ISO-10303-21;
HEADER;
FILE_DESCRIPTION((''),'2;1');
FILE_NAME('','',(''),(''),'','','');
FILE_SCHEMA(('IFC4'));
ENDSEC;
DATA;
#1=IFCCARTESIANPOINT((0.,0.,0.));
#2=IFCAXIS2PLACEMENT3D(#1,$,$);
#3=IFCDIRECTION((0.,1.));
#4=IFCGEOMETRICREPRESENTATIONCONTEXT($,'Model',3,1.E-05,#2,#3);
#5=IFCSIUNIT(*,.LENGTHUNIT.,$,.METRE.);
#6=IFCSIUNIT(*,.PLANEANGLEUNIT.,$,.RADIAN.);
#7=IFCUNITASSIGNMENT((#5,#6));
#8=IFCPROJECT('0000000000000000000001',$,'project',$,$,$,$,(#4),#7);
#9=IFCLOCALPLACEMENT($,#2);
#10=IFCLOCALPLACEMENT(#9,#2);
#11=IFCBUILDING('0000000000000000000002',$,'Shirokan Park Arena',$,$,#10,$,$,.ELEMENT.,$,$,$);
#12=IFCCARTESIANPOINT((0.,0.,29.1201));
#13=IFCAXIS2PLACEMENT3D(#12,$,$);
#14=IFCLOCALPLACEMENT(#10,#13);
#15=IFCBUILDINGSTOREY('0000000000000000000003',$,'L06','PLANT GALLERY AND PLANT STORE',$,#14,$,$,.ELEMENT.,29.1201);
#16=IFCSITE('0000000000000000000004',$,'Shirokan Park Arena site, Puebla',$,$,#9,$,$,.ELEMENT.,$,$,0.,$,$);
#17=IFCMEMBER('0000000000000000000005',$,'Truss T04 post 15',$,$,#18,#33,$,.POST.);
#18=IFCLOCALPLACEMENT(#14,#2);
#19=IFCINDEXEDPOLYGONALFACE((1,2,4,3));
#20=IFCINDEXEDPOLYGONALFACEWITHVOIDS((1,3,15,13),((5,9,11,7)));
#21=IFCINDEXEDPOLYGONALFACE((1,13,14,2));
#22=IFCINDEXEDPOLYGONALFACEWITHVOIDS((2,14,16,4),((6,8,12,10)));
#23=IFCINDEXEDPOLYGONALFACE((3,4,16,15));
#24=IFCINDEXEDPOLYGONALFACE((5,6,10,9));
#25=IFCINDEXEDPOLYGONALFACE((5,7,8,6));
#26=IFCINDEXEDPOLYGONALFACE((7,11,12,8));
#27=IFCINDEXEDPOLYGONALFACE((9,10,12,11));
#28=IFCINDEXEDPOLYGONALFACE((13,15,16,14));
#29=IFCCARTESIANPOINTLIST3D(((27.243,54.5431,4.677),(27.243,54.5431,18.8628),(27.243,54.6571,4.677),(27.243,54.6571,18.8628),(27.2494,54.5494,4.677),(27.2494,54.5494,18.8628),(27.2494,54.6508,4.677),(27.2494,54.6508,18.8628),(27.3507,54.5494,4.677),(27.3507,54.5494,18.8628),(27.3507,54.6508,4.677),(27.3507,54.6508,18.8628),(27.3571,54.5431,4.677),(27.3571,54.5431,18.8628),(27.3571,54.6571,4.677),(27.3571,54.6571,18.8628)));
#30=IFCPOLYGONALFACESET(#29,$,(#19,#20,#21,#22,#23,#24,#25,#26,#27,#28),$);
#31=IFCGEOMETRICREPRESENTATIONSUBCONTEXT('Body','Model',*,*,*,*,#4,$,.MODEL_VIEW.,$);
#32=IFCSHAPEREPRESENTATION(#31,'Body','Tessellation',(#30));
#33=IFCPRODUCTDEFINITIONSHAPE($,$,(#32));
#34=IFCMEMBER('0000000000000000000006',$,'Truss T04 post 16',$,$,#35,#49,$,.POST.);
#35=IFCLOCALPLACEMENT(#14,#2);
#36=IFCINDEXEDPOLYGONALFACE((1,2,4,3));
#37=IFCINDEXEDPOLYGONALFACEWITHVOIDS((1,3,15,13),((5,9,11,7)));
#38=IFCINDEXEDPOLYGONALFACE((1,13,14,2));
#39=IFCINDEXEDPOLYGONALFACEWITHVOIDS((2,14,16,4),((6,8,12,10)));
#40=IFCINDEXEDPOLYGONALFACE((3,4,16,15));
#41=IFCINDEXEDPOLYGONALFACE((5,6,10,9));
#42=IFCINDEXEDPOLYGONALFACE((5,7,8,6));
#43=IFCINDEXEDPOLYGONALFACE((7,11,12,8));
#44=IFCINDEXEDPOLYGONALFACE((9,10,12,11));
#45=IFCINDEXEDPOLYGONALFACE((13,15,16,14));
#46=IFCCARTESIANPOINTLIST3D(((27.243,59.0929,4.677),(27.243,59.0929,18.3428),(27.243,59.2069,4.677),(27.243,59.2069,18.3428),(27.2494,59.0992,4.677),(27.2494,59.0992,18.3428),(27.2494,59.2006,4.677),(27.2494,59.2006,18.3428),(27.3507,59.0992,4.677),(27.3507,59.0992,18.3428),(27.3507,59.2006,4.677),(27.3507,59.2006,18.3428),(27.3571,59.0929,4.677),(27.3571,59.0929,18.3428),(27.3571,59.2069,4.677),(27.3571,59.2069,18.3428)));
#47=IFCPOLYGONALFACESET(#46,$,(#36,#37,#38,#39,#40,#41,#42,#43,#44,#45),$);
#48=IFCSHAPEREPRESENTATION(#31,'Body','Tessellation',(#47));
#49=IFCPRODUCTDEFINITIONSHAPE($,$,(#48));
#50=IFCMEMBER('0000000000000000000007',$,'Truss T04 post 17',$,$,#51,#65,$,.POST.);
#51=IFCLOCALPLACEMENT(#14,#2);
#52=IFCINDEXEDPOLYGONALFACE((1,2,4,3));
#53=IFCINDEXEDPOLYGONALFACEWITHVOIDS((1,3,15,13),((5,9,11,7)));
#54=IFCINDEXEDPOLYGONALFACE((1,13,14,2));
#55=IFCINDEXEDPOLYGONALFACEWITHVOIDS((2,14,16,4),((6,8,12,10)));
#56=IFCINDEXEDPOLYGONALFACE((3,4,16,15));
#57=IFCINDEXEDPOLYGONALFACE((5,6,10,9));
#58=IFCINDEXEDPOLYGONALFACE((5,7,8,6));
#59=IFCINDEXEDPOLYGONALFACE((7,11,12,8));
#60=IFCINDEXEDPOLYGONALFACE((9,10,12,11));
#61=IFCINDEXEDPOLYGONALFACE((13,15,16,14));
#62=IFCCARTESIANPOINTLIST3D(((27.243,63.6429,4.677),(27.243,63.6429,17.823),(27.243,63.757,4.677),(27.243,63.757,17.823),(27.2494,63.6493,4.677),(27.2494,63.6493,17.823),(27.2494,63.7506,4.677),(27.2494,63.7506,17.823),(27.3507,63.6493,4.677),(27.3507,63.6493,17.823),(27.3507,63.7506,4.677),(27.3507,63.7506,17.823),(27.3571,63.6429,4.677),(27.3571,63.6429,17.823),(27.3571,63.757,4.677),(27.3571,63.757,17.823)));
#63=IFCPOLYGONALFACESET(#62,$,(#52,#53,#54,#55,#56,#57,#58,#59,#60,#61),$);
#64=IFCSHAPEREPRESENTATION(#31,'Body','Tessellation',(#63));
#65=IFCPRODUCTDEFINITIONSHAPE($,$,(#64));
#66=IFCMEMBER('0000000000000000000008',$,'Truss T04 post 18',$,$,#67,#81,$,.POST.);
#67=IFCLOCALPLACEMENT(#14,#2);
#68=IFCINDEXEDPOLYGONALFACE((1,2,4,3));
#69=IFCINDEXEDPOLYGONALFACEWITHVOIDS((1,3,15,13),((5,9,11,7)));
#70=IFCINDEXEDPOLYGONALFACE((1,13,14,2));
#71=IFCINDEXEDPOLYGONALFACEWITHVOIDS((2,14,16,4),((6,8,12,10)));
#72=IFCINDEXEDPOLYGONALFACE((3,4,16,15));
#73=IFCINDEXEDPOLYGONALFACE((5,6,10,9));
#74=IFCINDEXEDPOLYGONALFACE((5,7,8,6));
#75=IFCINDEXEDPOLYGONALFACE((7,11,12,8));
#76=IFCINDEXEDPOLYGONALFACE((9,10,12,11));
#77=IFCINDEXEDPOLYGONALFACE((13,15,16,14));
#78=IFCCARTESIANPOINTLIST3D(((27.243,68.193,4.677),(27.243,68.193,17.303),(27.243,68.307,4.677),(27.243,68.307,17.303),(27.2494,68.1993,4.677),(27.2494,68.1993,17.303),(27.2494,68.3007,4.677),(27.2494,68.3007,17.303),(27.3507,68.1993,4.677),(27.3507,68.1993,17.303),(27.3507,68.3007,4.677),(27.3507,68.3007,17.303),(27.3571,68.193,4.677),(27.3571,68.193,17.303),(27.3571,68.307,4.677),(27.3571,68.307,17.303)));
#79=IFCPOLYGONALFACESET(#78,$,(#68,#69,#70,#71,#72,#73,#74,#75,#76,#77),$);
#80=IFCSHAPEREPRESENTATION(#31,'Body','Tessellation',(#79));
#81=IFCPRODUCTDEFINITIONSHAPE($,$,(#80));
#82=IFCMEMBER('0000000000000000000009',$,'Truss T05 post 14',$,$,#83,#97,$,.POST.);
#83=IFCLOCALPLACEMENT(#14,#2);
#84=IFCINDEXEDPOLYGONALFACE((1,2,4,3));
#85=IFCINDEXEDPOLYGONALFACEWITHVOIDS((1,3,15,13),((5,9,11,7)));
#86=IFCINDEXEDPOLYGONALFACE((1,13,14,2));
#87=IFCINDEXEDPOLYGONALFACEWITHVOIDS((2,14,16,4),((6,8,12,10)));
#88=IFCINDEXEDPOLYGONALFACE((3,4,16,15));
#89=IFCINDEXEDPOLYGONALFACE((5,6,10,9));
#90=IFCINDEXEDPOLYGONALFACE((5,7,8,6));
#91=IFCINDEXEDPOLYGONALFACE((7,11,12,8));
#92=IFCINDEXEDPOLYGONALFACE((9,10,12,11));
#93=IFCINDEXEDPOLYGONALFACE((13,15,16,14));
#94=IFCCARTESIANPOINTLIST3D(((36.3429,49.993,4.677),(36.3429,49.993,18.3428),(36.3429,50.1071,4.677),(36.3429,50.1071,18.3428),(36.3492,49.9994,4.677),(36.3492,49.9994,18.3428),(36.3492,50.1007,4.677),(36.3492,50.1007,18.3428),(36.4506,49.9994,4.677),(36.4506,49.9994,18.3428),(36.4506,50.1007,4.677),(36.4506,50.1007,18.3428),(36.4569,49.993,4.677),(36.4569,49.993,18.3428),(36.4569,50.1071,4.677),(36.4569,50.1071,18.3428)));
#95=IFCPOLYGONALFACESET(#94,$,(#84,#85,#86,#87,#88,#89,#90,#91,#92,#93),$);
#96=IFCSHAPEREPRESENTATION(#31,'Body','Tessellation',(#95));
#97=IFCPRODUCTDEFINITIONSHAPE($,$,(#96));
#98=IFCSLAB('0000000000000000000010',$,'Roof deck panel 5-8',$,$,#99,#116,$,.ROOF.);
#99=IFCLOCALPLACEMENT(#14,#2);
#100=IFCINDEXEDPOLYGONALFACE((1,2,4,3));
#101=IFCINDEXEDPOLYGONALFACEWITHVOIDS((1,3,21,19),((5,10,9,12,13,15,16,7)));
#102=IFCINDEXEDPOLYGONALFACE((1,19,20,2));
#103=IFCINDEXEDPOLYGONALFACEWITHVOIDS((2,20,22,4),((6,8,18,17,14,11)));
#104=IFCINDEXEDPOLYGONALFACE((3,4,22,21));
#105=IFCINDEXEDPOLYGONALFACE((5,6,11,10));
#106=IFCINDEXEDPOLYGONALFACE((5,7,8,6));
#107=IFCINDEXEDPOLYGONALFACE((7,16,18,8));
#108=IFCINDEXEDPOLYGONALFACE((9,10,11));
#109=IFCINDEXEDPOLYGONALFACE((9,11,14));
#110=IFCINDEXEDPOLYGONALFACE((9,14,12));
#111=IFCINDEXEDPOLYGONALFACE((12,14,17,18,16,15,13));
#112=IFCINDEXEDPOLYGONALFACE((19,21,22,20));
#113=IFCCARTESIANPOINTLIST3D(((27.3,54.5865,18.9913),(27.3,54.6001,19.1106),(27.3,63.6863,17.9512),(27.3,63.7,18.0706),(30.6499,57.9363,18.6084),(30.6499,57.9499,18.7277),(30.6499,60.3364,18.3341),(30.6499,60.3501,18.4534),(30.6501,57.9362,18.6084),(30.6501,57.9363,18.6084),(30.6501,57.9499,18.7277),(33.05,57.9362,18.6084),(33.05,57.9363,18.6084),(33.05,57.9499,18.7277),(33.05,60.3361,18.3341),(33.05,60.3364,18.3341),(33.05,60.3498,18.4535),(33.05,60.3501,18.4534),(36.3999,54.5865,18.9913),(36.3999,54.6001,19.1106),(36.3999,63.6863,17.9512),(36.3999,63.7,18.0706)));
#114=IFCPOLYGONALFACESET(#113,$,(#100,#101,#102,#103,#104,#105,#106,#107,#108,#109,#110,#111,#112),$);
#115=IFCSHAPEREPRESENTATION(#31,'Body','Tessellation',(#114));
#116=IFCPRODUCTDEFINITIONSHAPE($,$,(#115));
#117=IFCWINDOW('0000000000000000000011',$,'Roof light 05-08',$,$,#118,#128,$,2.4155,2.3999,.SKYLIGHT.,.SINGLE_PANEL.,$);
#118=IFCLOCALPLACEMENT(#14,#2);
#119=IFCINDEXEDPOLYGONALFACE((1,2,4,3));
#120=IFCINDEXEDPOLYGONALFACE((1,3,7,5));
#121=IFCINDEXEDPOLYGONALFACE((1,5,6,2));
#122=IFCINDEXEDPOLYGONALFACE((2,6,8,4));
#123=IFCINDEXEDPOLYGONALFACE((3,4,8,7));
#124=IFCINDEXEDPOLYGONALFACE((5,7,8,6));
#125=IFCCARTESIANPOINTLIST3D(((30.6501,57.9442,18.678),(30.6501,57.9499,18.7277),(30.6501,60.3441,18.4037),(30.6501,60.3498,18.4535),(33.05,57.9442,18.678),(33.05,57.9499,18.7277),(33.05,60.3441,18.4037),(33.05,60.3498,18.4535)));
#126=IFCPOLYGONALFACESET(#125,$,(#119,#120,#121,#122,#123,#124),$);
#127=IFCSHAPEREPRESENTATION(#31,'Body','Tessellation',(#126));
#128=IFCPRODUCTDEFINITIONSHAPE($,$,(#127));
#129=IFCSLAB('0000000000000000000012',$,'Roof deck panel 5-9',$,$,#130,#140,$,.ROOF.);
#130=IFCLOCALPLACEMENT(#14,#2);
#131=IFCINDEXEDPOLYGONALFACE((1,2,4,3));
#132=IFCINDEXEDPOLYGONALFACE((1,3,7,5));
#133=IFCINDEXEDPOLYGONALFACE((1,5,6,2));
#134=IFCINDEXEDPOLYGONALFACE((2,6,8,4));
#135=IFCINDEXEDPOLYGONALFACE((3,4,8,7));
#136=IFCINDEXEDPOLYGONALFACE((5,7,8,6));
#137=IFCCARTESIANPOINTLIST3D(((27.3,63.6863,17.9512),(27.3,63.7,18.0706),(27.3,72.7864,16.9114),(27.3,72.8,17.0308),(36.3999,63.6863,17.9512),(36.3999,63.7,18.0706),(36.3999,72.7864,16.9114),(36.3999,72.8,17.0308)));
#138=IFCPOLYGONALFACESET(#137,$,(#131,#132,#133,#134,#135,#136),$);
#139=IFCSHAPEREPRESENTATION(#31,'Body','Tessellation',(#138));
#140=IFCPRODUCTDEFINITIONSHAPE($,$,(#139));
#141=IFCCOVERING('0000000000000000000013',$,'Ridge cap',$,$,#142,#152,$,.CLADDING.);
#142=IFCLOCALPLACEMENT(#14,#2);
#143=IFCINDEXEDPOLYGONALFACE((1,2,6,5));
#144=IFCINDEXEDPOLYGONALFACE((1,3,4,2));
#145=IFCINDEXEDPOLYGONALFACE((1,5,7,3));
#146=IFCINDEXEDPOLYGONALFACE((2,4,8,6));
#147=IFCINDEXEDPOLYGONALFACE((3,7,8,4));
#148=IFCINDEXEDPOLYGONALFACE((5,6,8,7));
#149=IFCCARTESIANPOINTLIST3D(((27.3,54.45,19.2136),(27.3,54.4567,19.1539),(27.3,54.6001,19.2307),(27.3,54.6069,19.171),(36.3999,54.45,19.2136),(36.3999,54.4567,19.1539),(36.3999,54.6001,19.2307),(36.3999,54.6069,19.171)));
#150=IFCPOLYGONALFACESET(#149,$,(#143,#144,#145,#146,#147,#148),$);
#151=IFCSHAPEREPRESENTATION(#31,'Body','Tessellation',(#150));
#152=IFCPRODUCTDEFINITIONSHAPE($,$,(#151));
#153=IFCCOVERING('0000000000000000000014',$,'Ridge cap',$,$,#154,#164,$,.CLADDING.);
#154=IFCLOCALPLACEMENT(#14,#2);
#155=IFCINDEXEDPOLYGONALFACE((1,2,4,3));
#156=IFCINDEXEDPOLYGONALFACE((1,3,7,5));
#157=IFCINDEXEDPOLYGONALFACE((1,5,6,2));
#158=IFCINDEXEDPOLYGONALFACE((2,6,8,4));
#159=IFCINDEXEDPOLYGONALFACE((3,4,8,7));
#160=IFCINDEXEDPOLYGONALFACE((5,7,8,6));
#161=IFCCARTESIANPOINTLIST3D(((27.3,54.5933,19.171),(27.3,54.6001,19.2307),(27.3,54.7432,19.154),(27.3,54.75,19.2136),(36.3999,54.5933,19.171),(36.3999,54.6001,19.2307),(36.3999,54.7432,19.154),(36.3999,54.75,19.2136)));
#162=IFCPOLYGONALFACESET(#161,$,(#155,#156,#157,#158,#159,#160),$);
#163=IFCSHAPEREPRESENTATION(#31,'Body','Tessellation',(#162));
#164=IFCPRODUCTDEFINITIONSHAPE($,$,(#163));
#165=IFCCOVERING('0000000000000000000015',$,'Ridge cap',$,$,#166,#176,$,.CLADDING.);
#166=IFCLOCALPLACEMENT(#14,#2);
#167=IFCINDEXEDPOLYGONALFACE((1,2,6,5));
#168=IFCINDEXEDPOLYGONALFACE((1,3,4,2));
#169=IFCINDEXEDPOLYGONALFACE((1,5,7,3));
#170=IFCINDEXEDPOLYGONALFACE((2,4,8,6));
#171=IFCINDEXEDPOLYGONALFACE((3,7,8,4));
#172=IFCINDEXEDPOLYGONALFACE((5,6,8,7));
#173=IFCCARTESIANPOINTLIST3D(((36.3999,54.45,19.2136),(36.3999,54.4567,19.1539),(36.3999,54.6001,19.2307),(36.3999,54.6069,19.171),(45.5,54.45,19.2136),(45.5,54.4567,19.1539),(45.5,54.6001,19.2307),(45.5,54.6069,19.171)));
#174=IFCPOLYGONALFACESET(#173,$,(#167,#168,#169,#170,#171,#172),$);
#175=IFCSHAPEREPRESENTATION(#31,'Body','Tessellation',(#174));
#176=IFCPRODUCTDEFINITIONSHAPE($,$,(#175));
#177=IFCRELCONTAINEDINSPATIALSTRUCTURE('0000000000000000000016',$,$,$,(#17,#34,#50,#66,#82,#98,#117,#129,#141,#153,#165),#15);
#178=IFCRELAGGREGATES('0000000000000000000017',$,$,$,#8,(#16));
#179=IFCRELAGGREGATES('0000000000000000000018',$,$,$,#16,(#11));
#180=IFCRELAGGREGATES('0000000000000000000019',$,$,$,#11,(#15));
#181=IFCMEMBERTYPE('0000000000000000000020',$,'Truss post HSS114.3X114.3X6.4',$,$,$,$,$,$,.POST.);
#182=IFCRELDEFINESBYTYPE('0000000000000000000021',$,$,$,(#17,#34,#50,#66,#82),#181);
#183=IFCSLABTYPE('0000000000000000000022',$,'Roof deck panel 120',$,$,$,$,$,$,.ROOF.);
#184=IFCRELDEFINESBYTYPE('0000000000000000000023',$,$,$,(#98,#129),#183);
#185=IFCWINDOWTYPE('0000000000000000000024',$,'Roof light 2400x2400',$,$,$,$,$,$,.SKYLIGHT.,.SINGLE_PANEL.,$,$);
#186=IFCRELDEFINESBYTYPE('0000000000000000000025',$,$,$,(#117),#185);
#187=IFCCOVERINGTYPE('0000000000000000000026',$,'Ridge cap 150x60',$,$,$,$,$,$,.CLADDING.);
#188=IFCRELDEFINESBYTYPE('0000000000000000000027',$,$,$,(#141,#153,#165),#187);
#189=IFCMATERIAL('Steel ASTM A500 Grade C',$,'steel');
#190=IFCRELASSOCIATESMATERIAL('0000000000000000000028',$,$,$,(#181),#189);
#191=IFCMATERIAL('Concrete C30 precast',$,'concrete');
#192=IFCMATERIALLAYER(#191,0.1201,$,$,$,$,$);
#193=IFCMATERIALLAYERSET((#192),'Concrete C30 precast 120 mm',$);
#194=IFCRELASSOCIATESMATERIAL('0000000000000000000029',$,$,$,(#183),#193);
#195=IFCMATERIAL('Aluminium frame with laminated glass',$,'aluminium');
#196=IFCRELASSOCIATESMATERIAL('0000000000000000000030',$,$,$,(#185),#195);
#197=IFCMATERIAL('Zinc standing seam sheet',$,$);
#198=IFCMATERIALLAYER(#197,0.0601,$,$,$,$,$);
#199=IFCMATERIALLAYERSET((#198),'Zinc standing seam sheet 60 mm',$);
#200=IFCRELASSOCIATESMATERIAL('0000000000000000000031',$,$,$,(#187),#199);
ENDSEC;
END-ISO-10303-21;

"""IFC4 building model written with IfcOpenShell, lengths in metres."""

from ifc_helpers import new_model, si_unit, direction, frame, origin, origin_2d, place, context, subcontext, project, spatial, polyline, rectangle, hollow_rectangle, outline, extrude, material, layer, layer_set, material_profile, profile_set, type_object, element, fill, save


model = new_model("IFC4")

# Units and contexts
model_context = context("Model", 3, precision=1e-05, world=origin(), true_north=direction((0.0, 1.0)))
body_context = subcontext(model_context, "Body", "Model", "MODEL_VIEW")
ifc_project = project(units=[si_unit("LENGTHUNIT", "METRE"), si_unit("PLANEANGLEUNIT", "RADIAN")], contexts=[model_context])

# Site, building, storey
site_placement = place(None, origin())
site = spatial("IfcSite", under=ifc_project, at=site_placement, Name="Shirokan Park Arena site, Puebla", CompositionType="ELEMENT", RefElevation=0.0)
building_placement = place(site_placement, origin())
building = spatial("IfcBuilding", under=site, at=building_placement, Name="Shirokan Park Arena", CompositionType="ELEMENT")
storey_placement = place(building_placement, frame((0.0, 0.0, 29.1201)))
storey = spatial("IfcBuildingStorey", under=building, at=storey_placement, Name="L06", Description="PLANT GALLERY AND PLANT STORE", CompositionType="ELEMENT", Elevation=29.1201)

# Members
ifc_material_1 = material(Name="Steel ASTM A500 Grade C", Category="steel")
ifc_material_profile_1 = material_profile(ifc_material_1, hollow_rectangle(XDim=0.114, YDim=0.114, WallThickness=0.0063, at=origin_2d()), Name="HSS114.3X114.3X6.4")
ifc_profile_set_1 = profile_set([ifc_material_profile_1], Name="Steel ASTM A500 Grade C")
member_type_1 = type_object("IfcMemberType", Name="Truss post HSS114.3X114.3X6.4", PredefinedType="POST", material=ifc_profile_set_1)
member_1_placement = place(storey_placement, frame((27.3, 54.6001, 4.677), z_axis=(0.0, 0.0, 1.0), x_axis=(1.0, 0.0, 0.0)))
element("IfcMember", 1, at=member_1_placement, inside=storey, type_object=member_type_1, Name="Truss T04 post 15", PredefinedType="POST", context=body_context, shape_type="SweptSolid", body=[
    extrude(hollow_rectangle(XDim=0.114, YDim=0.114, WallThickness=0.0063, at=origin_2d()), origin(), (0.0, 0.0, 1.0), 14.1858),
])
member_2_placement = place(storey_placement, frame((27.3, 59.1499, 4.677), z_axis=(0.0, 0.0, 1.0), x_axis=(1.0, 0.0, 0.0)))
element("IfcMember", 2, at=member_2_placement, inside=storey, type_object=member_type_1, Name="Truss T04 post 16", PredefinedType="POST", context=body_context, shape_type="SweptSolid", body=[
    extrude(hollow_rectangle(XDim=0.114, YDim=0.114, WallThickness=0.0063, at=origin_2d()), origin(), (0.0, 0.0, 1.0), 13.6658),
])
member_3_placement = place(storey_placement, frame((27.3, 63.7, 4.677), z_axis=(0.0, 0.0, 1.0), x_axis=(1.0, 0.0, 0.0)))
element("IfcMember", 3, at=member_3_placement, inside=storey, type_object=member_type_1, Name="Truss T04 post 17", PredefinedType="POST", context=body_context, shape_type="SweptSolid", body=[
    extrude(hollow_rectangle(XDim=0.114, YDim=0.114, WallThickness=0.0063, at=origin_2d()), origin(), (0.0, 0.0, 1.0), 13.146),
])
member_4_placement = place(storey_placement, frame((27.3, 68.25, 4.677), z_axis=(0.0, 0.0, 1.0), x_axis=(1.0, 0.0, 0.0)))
element("IfcMember", 4, at=member_4_placement, inside=storey, type_object=member_type_1, Name="Truss T04 post 18", PredefinedType="POST", context=body_context, shape_type="SweptSolid", body=[
    extrude(hollow_rectangle(XDim=0.114, YDim=0.114, WallThickness=0.0063, at=origin_2d()), origin(), (0.0, 0.0, 1.0), 12.626),
])
member_5_placement = place(storey_placement, frame((36.3999, 50.05, 4.677), z_axis=(0.0, 0.0, 1.0), x_axis=(1.0, 0.0, 0.0)))
element("IfcMember", 5, at=member_5_placement, inside=storey, type_object=member_type_1, Name="Truss T05 post 14", PredefinedType="POST", context=body_context, shape_type="SweptSolid", body=[
    extrude(hollow_rectangle(XDim=0.114, YDim=0.114, WallThickness=0.0063, at=origin_2d()), origin(), (0.0, 0.0, 1.0), 13.6658),
])

# Slab, opening, window
ifc_material_2 = material(Name="Concrete C30 precast", Category="concrete")
ifc_layer_1 = layer(ifc_material_2, 0.1201)
ifc_layer_set_1 = layer_set([ifc_layer_1], Name="Concrete C30 precast 120 mm")
slab_type = type_object("IfcSlabType", Name="Roof deck panel 120", PredefinedType="ROOF", material=ifc_layer_set_1)
slab_1_placement = place(storey_placement, frame((27.3, 54.6001, 19.1106), z_axis=(0.0, 0.113553, 0.993532), x_axis=(1.0, 0.0, 0.0)))
slab_1 = element("IfcSlab", 6, at=slab_1_placement, inside=storey, type_object=slab_type, Name="Roof deck panel 5-8", PredefinedType="ROOF", context=body_context, shape_type="SweptSolid", body=[
    extrude(outline(polyline([(0.0, 0.0), (9.0999, 0.0), (9.0999, 9.1591), (0.0, 9.1591), (0.0, 0.0)]), holes=[polyline([(3.3499, 3.3717), (5.75, 3.3717), (5.75, 5.7874), (3.3499, 5.7874), (3.3499, 3.3717)])]), origin(), (0.0, 0.0, -1.0), 0.1201),
])
opening_placement = place(slab_1_placement, frame((4.55, 4.5793, 0.01)))
opening = element("IfcOpeningElement", 7, at=opening_placement, cuts=slab_1, PredefinedType="OPENING", context=body_context, shape_type="SweptSolid", body=[
    extrude(rectangle(XDim=2.3999, YDim=2.4155, at=origin_2d()), origin(), (0.0, 0.0, -1.0), 0.1399),
])
ifc_material_3 = material(Name="Aluminium frame with laminated glass", Category="aluminium")
window_type = type_object("IfcWindowType", Name="Roof light 2400x2400", PartitioningType="SINGLE_PANEL", PredefinedType="SKYLIGHT", material=ifc_material_3)
window_placement = place(opening_placement, frame((0.0, 0.0, -0.0601)))
window = element("IfcWindow", 8, at=window_placement, inside=storey, type_object=window_type, Name="Roof light 05-08", OverallHeight=2.4155, OverallWidth=2.3999, PartitioningType="SINGLE_PANEL", PredefinedType="SKYLIGHT", context=body_context, shape_type="SweptSolid", body=[
    extrude(rectangle(XDim=2.3999, YDim=2.4155, at=origin_2d()), origin(), (0.0, 0.0, 1.0), 0.05),
])
fill(opening, window)

# Slab
slab_2_placement = place(storey_placement, frame((27.3, 63.7, 18.0706), z_axis=(0.0, 0.113523, 0.993535), x_axis=(1.0, 0.0, 0.0)))
element("IfcSlab", 9, at=slab_2_placement, inside=storey, type_object=slab_type, Name="Roof deck panel 5-9", PredefinedType="ROOF", context=body_context, shape_type="SweptSolid", body=[
    extrude(outline(polyline([(0.0, 0.0), (9.0999, 0.0), (9.0999, 9.1593), (0.0, 9.1593), (0.0, 0.0)])), origin(), (0.0, 0.0, -1.0), 0.1201),
])

# Coverings
ifc_material_4 = material(Name="Zinc standing seam sheet")
ifc_layer_2 = layer(ifc_material_4, 0.0601)
ifc_layer_set_2 = layer_set([ifc_layer_2], Name="Zinc standing seam sheet 60 mm")
covering_type_1 = type_object("IfcCoveringType", Name="Ridge cap 150x60", PredefinedType="CLADDING", material=ifc_layer_set_2)
covering_1_placement = place(storey_placement, frame((27.3, 54.45, 19.2136), z_axis=(0.0, -0.113091, 0.993585), x_axis=(1.0, 0.0, 0.0)))
element("IfcCovering", 10, at=covering_1_placement, inside=storey, type_object=covering_type_1, Name="Ridge cap", PredefinedType="CLADDING", context=body_context, shape_type="SweptSolid", body=[
    extrude(outline(polyline([(0.0, 0.0), (9.0999, 0.0), (9.0999, 0.1511), (0.0, 0.1511), (0.0, 0.0)])), origin(), (0.0, 0.0, -1.0), 0.0601),
])
covering_2_placement = place(storey_placement, frame((27.3, 54.6001, 19.2307), z_axis=(0.0, 0.113273, 0.993564), x_axis=(1.0, 0.0, 0.0)))
element("IfcCovering", 11, at=covering_2_placement, inside=storey, type_object=covering_type_1, Name="Ridge cap", PredefinedType="CLADDING", context=body_context, shape_type="SweptSolid", body=[
    extrude(outline(polyline([(0.0, 0.0), (9.0999, 0.0), (9.0999, 0.1509), (0.0, 0.1509), (0.0, 0.0)])), origin(), (0.0, 0.0, -1.0), 0.0601),
])
covering_3_placement = place(storey_placement, frame((36.3999, 54.45, 19.2136), z_axis=(0.0, -0.113091, 0.993585), x_axis=(1.0, 0.0, 0.0)))
element("IfcCovering", 12, at=covering_3_placement, inside=storey, type_object=covering_type_1, Name="Ridge cap", PredefinedType="CLADDING", context=body_context, shape_type="SweptSolid", body=[
    extrude(outline(polyline([(0.0, 0.0), (9.1001, 0.0), (9.1001, 0.1511), (0.0, 0.1511), (0.0, 0.0)])), origin(), (0.0, 0.0, -1.0), 0.0601),
])

save(model, "model.ifc")
